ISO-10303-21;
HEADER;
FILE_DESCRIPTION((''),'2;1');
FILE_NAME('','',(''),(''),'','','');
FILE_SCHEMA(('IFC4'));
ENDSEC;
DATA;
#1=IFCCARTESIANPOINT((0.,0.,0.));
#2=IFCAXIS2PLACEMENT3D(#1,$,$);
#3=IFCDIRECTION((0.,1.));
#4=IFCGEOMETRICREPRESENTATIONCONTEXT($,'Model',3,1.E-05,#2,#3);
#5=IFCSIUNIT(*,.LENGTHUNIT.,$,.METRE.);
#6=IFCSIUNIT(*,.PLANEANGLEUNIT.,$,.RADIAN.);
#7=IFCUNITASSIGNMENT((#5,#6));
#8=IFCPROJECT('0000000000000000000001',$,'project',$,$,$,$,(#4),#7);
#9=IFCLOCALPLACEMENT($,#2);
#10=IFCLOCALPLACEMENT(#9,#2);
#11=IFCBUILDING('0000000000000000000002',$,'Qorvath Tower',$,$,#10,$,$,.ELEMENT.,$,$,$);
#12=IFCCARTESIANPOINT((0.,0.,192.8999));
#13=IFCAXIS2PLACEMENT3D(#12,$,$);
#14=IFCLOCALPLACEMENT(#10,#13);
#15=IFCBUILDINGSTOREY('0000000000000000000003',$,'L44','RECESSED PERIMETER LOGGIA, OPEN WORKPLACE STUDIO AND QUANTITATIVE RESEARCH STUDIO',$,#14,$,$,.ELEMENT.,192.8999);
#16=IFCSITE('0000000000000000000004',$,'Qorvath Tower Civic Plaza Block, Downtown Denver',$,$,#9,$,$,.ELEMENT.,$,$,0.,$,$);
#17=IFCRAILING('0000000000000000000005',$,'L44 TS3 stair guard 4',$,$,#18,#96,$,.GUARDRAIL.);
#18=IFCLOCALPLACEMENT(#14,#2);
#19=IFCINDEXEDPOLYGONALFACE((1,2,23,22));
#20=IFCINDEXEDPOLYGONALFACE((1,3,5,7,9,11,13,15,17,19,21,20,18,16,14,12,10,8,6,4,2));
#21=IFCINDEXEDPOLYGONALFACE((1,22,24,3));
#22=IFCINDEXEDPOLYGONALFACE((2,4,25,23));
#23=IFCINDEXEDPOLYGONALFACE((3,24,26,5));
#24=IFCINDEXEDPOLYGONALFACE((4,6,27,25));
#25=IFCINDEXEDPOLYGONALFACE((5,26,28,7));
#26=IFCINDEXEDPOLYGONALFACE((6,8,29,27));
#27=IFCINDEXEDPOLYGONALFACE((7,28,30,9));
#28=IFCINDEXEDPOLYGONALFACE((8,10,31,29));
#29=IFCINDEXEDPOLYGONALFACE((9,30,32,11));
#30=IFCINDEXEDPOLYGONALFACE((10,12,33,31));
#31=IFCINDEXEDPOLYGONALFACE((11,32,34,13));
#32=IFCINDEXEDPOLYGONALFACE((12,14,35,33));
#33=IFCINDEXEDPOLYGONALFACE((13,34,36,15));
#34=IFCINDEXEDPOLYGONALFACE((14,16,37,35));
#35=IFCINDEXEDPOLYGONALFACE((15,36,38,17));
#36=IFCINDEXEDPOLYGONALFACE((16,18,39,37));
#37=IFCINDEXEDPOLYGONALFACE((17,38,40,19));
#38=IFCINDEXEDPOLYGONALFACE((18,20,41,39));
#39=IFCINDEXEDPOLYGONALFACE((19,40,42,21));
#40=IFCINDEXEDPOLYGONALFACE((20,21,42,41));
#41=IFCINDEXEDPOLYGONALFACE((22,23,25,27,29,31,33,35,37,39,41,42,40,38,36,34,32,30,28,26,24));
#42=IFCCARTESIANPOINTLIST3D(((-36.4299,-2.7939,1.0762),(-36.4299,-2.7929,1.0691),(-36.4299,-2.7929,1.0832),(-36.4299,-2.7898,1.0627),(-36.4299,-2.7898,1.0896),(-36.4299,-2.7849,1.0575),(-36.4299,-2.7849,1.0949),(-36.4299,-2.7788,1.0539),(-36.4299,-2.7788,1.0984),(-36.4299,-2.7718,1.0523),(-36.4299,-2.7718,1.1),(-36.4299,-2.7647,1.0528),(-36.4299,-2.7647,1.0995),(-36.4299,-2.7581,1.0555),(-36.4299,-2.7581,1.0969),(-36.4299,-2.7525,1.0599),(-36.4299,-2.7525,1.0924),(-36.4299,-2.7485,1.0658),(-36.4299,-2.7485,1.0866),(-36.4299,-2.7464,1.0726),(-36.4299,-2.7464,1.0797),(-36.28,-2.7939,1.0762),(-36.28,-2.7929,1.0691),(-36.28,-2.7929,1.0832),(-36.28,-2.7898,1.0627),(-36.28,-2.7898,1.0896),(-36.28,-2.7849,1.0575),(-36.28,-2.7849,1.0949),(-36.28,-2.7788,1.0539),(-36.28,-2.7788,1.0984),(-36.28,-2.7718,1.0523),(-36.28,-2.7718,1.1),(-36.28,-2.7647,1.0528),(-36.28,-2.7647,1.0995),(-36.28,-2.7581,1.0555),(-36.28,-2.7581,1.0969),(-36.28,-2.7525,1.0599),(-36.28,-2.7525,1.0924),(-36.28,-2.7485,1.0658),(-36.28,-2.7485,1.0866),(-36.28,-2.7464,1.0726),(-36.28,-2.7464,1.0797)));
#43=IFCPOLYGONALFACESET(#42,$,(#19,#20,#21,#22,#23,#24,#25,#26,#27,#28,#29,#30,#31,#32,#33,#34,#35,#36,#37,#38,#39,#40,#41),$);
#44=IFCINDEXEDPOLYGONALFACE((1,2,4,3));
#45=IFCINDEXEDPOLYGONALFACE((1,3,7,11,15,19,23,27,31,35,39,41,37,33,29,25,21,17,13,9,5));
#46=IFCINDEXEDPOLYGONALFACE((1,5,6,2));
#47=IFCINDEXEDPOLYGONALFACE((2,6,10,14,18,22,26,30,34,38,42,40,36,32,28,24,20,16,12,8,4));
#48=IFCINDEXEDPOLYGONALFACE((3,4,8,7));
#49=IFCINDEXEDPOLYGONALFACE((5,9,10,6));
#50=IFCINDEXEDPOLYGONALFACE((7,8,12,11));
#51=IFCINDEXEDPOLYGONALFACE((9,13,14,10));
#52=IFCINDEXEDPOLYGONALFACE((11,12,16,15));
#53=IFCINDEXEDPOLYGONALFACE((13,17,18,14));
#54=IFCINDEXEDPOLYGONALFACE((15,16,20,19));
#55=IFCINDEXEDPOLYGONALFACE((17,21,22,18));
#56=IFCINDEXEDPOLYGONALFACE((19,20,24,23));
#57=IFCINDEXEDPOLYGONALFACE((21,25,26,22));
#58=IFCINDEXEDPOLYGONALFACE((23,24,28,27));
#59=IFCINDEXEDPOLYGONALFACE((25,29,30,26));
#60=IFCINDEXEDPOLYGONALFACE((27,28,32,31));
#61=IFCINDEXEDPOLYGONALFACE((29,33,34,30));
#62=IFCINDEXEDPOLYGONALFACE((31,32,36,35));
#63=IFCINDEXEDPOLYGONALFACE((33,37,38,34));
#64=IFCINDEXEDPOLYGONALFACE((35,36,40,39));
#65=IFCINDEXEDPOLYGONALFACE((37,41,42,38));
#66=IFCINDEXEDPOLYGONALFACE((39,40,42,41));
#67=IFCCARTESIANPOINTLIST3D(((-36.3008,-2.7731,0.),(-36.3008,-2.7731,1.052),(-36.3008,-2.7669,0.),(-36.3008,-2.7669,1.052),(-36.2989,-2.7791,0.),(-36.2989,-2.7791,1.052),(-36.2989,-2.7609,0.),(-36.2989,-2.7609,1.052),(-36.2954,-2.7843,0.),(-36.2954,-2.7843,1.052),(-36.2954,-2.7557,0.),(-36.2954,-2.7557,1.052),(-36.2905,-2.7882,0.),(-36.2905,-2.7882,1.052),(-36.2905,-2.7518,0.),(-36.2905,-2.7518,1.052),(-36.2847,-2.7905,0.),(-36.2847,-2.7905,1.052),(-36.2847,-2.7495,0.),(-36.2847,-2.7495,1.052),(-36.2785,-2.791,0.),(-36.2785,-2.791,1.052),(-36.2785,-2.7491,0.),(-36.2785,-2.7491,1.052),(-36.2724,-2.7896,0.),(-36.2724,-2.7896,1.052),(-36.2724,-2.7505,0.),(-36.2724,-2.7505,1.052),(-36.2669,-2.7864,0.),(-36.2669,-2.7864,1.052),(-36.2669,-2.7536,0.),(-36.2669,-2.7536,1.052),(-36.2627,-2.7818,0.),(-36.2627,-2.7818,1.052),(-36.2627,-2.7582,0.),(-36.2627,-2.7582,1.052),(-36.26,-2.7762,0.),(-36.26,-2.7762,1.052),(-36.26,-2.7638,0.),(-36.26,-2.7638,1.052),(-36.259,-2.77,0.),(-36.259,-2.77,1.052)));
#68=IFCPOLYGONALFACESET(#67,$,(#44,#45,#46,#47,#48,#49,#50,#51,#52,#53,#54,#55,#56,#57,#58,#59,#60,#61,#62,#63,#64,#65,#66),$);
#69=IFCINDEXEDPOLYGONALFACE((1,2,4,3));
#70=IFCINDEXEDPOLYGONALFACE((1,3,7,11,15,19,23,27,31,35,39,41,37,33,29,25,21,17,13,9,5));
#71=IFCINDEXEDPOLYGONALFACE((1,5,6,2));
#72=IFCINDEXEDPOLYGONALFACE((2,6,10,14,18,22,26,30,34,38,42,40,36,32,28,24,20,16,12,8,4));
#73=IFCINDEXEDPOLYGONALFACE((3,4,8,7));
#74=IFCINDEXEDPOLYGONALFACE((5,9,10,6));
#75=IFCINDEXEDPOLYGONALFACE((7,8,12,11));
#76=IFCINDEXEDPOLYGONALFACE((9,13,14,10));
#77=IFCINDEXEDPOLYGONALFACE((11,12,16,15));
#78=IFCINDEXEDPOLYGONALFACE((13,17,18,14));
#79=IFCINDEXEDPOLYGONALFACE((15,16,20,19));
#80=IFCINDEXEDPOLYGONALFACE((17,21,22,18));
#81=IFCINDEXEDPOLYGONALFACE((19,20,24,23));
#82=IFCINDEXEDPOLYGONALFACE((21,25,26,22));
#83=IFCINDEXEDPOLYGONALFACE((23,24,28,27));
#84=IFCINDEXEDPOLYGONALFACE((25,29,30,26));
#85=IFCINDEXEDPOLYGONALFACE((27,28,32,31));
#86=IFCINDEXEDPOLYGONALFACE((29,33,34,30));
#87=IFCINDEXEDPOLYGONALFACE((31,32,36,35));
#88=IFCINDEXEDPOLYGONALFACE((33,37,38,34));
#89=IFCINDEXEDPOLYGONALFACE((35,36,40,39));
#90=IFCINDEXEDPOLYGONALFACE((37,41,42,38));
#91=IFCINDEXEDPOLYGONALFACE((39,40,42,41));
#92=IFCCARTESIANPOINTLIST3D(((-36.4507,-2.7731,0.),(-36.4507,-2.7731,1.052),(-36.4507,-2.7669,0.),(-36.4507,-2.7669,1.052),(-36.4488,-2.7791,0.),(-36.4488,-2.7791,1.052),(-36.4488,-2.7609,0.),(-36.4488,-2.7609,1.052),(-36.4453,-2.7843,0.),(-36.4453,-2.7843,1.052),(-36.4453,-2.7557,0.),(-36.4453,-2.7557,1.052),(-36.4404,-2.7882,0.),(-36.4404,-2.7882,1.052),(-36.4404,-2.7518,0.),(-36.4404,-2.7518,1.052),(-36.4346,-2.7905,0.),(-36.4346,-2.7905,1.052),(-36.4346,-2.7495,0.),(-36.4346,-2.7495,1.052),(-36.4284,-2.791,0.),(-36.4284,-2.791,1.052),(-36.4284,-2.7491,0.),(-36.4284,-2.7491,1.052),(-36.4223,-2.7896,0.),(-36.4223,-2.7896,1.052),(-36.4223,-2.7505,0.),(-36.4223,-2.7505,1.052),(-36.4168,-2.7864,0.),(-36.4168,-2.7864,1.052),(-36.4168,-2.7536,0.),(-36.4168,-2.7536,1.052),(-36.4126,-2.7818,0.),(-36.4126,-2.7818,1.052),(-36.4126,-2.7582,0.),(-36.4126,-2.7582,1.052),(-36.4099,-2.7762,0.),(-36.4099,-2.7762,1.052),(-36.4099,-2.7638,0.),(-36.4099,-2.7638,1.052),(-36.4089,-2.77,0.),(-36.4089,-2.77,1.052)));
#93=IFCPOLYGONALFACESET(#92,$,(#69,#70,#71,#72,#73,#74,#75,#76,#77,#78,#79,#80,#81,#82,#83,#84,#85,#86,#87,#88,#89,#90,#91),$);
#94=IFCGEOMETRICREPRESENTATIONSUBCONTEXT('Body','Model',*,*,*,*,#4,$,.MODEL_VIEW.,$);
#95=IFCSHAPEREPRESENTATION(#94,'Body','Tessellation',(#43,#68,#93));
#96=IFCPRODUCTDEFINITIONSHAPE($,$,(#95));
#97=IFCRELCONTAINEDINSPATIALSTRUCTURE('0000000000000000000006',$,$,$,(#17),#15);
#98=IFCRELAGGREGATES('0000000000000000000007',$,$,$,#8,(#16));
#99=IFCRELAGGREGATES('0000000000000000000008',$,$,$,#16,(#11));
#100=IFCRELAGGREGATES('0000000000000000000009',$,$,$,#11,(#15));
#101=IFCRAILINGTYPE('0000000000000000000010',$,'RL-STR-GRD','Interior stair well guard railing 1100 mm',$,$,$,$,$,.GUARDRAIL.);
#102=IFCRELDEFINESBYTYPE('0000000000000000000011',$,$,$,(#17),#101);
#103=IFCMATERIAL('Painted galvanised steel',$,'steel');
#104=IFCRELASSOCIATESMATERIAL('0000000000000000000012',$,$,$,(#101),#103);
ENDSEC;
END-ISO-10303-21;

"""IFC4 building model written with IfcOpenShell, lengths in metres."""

from ifc_helpers import new_model, si_unit, direction, frame, origin, origin_2d, place, context, subcontext, project, spatial, circle, extrude, material, type_object, element, save


model = new_model("IFC4")

# Units and contexts
model_context = context("Model", 3, precision=1e-05, world=origin(), true_north=direction((0.0, 1.0)))
body_context = subcontext(model_context, "Body", "Model", "MODEL_VIEW")
ifc_project = project(units=[si_unit("LENGTHUNIT", "METRE"), si_unit("PLANEANGLEUNIT", "RADIAN")], contexts=[model_context])

# Site, building, storey
site_placement = place(None, origin())
site = spatial("IfcSite", under=ifc_project, at=site_placement, Name="Qorvath Tower Civic Plaza Block, Downtown Denver", CompositionType="ELEMENT", RefElevation=0.0)
building_placement = place(site_placement, origin())
building = spatial("IfcBuilding", under=site, at=building_placement, Name="Qorvath Tower", CompositionType="ELEMENT")
storey_placement = place(building_placement, frame((0.0, 0.0, 192.8999)))
storey = spatial("IfcBuildingStorey", under=building, at=storey_placement, Name="L44", Description="RECESSED PERIMETER LOGGIA, OPEN WORKPLACE STUDIO AND QUANTITATIVE RESEARCH STUDIO", CompositionType="ELEMENT", Elevation=192.8999)

# Railing
ifc_material_1 = material(Name="Painted galvanised steel", Category="steel")
railing_type_1 = type_object("IfcRailingType", Name="RL-STR-GRD", Description="Interior stair well guard railing 1100 mm", PredefinedType="GUARDRAIL", material=ifc_material_1)
railing_1_placement = place(storey_placement, frame((-36.28, -2.77, 0.0)))
element("IfcRailing", 1, at=railing_1_placement, inside=storey, type_object=railing_type_1, Name="L44 TS3 stair guard 4", PredefinedType="GUARDRAIL", context=body_context, shape_type="SweptSolid", body=[
    extrude(circle(Radius=0.0239, at=origin_2d()), frame((0.0, 0.0, 1.0762), z_axis=(-1.0, 0.0, 0.0), x_axis=(0.0, -1.0, 0.0)), (0.0, 0.0, 1.0), 0.1499),
    extrude(circle(Radius=0.021, at=origin_2d()), origin(), (0.0, 0.0, 1.0), 1.052),
    extrude(circle(Radius=0.021, at=origin_2d()), frame((-0.1499, 0.0, 0.0)), (0.0, 0.0, 1.0), 1.052),
])

save(model, "model.ifc")
